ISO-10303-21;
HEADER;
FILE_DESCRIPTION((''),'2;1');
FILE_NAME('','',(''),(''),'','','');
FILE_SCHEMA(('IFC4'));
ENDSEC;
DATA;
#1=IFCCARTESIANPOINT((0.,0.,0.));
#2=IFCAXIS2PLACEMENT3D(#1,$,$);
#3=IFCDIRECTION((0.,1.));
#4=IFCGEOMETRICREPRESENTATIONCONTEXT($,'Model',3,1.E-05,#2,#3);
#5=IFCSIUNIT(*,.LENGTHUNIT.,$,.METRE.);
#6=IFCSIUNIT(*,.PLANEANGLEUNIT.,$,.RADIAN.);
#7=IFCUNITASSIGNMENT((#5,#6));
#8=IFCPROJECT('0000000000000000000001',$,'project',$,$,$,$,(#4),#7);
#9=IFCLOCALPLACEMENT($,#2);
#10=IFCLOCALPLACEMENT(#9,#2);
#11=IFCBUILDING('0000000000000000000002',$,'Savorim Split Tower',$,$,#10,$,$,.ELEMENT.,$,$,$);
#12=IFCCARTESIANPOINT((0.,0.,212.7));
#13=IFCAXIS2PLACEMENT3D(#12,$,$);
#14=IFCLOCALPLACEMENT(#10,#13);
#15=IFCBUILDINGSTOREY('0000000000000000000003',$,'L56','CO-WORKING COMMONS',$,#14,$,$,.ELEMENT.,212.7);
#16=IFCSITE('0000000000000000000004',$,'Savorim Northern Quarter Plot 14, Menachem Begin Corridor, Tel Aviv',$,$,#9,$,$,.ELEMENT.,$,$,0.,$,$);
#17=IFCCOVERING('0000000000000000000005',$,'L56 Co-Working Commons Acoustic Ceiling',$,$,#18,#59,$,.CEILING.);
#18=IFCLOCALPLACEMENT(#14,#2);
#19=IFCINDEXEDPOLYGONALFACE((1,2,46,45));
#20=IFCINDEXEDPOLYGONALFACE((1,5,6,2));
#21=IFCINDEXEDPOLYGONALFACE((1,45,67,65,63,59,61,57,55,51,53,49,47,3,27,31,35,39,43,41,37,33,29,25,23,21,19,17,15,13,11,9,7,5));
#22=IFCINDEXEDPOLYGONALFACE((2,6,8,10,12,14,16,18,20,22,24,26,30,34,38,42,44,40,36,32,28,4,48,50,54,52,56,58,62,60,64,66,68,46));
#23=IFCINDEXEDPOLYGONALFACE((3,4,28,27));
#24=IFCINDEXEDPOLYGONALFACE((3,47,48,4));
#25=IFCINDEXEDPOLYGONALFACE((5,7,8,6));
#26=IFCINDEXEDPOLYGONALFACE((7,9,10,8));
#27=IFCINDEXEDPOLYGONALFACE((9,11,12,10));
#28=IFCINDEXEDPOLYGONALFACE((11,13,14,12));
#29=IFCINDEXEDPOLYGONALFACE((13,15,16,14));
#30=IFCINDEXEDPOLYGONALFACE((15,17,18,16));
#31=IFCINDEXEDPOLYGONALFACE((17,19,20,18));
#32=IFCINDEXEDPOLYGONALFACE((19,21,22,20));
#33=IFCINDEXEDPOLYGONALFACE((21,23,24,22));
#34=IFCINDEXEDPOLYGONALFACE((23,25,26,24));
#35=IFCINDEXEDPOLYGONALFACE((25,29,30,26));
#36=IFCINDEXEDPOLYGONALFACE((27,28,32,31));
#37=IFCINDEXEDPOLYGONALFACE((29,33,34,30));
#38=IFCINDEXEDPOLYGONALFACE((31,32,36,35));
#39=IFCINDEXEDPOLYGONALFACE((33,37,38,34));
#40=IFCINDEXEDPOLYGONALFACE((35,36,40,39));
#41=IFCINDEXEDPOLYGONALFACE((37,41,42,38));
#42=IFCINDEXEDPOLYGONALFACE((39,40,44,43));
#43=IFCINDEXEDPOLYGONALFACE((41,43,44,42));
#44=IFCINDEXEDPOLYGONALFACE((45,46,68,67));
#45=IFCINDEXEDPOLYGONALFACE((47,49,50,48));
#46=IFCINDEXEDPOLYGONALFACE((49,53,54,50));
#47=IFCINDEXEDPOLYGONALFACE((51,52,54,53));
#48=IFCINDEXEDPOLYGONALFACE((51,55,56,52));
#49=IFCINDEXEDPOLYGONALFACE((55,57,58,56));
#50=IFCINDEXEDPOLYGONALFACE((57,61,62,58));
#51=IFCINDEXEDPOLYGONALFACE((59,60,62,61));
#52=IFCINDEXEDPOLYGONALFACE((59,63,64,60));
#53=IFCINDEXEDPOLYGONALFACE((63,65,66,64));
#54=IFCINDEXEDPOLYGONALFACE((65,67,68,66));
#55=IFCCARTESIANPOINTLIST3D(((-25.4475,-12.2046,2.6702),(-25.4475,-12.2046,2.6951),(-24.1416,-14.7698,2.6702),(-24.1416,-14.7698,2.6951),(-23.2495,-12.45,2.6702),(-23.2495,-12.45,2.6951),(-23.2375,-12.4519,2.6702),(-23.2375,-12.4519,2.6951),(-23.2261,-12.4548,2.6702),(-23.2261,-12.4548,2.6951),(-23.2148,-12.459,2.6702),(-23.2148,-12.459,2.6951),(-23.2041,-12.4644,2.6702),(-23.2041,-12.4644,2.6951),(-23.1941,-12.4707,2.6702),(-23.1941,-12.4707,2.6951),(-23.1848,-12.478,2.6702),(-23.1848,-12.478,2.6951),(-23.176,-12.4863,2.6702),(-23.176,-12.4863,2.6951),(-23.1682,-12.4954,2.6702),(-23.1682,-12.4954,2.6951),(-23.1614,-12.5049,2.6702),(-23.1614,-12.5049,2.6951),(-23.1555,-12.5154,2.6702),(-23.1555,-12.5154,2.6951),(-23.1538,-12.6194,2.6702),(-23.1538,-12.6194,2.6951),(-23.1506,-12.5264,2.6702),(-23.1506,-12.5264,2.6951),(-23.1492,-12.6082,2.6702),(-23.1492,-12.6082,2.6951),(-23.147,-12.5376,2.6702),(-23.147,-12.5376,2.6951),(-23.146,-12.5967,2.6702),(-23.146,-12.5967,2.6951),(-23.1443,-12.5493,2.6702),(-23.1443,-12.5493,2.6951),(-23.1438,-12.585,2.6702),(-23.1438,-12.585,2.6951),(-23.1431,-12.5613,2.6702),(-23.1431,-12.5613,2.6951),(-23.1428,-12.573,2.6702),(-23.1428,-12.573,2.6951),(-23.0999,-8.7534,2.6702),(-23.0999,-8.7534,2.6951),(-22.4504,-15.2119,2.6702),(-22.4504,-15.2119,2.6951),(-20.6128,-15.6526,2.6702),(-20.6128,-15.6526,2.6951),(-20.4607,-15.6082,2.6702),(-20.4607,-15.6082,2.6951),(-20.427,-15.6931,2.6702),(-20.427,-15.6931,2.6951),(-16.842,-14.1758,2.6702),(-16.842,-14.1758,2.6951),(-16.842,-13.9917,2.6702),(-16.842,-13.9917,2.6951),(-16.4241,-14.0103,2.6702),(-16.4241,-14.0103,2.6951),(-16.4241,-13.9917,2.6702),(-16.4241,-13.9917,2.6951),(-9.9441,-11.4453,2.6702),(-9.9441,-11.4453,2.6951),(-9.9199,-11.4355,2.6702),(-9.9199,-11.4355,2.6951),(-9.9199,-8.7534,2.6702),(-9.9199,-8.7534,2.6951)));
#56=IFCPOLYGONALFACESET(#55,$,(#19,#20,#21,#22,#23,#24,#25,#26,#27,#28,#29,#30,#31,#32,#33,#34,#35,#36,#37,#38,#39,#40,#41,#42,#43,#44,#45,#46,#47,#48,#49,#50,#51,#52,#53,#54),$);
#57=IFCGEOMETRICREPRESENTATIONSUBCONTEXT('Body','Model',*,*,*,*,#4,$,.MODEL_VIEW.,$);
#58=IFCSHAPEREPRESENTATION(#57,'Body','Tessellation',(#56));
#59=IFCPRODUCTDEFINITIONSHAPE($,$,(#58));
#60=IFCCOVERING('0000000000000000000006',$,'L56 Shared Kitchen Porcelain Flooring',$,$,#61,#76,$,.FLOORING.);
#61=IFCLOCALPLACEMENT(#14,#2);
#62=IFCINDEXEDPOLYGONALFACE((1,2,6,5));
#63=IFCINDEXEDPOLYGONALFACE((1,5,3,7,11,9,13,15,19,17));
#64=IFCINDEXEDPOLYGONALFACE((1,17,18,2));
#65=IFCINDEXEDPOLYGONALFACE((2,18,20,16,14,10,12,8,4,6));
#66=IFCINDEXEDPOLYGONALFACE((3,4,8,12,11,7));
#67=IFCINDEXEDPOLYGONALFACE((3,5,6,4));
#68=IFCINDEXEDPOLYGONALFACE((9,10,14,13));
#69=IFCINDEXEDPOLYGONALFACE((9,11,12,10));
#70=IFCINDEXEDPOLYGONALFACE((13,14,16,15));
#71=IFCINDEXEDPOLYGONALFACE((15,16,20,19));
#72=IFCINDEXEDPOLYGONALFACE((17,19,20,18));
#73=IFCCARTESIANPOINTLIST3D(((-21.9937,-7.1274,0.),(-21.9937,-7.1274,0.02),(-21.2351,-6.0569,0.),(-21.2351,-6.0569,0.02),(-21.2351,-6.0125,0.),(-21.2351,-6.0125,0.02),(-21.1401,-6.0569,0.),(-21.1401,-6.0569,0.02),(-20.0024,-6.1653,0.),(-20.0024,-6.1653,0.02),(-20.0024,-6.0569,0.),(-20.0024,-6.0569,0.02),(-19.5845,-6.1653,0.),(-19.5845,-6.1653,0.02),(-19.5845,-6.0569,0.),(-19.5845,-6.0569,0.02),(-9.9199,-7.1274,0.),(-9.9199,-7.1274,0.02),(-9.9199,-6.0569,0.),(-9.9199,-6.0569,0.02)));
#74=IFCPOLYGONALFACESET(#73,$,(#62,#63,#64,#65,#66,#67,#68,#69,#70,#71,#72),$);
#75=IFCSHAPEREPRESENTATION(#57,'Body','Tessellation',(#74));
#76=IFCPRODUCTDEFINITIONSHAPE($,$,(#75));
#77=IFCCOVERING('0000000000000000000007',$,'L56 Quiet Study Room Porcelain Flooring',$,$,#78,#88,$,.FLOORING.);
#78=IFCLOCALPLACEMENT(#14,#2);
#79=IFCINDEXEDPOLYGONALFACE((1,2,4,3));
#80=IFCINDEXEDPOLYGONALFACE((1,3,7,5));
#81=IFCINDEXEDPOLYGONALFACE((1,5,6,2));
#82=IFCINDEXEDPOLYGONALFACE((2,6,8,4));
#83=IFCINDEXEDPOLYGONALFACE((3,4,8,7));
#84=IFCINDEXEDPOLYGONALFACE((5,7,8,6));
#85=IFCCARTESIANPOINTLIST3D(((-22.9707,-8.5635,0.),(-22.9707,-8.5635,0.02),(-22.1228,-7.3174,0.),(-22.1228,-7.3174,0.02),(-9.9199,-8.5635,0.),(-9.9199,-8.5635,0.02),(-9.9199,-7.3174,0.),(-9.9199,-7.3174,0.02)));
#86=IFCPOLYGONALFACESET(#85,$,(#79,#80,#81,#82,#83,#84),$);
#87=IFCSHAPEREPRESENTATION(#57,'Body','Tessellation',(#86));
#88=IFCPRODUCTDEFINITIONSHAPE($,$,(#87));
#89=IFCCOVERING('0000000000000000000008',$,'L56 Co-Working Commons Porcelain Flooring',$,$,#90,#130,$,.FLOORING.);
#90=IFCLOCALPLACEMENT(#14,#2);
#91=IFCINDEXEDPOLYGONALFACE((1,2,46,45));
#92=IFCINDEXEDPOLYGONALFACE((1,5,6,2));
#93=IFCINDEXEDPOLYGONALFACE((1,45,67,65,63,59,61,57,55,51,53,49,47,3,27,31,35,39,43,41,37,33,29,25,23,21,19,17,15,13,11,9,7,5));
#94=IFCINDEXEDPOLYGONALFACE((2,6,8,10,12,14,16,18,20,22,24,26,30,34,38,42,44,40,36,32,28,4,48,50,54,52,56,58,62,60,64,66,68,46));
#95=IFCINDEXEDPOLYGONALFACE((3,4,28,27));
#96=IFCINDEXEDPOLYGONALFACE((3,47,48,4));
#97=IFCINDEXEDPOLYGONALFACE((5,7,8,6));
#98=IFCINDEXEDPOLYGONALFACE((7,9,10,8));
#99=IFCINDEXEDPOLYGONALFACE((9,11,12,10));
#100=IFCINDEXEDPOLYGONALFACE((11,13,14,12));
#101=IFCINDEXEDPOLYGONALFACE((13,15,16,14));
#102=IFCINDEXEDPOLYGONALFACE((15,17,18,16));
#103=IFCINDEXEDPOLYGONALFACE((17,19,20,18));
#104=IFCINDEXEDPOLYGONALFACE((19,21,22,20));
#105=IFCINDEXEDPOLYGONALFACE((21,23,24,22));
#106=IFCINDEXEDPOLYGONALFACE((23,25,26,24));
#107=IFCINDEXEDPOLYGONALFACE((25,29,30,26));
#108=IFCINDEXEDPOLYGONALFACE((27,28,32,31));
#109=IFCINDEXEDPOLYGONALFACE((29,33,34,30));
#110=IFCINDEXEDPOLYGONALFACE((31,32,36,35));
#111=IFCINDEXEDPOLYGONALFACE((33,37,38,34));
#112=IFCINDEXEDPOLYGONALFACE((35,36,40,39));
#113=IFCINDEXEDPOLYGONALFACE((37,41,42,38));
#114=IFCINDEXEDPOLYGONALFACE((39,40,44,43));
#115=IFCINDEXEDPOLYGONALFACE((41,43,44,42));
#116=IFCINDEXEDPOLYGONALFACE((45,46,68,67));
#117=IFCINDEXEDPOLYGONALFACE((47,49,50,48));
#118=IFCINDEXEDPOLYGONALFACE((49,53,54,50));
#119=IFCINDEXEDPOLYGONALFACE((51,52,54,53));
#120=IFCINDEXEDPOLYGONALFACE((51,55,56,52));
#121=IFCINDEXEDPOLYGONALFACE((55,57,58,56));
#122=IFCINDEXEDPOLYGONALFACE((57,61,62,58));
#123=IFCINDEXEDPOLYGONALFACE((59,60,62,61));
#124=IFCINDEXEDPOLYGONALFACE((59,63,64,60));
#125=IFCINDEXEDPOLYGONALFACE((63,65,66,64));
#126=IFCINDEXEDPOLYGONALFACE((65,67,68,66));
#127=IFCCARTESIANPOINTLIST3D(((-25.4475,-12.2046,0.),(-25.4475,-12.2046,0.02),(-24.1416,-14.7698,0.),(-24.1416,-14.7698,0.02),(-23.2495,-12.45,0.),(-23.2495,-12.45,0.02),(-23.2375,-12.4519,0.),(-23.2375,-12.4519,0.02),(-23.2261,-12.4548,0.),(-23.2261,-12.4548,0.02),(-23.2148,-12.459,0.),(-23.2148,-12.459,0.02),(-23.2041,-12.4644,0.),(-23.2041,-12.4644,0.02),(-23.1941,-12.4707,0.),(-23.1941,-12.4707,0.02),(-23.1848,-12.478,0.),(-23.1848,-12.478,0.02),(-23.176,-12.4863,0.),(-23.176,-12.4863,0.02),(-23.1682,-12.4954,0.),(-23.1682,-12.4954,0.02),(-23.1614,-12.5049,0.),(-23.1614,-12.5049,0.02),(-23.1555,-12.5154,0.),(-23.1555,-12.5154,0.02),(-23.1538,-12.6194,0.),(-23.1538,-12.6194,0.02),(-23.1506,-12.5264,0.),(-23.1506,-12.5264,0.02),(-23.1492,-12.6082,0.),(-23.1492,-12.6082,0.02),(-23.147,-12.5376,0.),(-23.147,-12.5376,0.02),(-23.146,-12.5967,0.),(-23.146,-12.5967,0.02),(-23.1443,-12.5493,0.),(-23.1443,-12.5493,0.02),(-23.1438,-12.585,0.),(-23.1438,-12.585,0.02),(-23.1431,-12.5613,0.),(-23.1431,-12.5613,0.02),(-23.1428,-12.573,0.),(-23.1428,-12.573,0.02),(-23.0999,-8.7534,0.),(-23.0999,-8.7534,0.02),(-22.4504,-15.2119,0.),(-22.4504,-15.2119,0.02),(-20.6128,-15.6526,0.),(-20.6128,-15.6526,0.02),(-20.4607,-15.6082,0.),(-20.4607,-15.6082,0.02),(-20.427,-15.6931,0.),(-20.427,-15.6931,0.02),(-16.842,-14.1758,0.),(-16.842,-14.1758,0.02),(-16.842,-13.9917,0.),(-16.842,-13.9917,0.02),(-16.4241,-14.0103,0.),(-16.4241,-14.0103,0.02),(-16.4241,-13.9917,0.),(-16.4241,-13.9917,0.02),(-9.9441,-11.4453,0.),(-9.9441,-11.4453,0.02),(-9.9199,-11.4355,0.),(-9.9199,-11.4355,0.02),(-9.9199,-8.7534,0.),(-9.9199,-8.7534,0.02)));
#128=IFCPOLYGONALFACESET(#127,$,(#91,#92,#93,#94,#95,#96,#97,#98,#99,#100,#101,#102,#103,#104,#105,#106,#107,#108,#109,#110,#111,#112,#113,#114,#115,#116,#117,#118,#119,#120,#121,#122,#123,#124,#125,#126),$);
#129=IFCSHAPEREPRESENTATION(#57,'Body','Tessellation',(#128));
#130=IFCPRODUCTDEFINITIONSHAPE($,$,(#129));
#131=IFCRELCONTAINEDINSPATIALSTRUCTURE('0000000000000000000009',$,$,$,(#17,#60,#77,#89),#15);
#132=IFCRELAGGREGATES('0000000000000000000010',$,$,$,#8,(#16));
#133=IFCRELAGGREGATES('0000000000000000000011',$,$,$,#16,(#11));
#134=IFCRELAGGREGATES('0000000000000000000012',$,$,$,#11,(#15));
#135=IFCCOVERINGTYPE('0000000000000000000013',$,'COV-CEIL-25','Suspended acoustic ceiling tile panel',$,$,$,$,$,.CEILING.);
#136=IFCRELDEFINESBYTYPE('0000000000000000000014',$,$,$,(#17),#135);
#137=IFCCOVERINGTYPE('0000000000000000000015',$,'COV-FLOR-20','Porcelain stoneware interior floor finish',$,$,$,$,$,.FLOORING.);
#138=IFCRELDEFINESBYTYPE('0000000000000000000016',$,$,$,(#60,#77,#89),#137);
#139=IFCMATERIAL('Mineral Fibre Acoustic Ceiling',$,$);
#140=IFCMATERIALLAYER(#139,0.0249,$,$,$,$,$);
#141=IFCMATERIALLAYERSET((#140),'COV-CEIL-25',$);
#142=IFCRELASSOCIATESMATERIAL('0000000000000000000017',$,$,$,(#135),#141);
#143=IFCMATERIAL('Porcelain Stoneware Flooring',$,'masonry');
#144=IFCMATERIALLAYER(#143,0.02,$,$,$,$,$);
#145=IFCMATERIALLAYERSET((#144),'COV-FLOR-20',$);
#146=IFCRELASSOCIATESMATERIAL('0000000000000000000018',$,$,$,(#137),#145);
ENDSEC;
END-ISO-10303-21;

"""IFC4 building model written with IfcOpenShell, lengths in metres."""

from ifc_helpers import new_model, si_unit, direction, frame, origin, place, context, subcontext, project, spatial, polyline, outline, extrude, material, layer, layer_set, type_object, element, save


model = new_model("IFC4")

# Units and contexts
model_context = context("Model", 3, precision=1e-05, world=origin(), true_north=direction((0.0, 1.0)))
body_context = subcontext(model_context, "Body", "Model", "MODEL_VIEW")
ifc_project = project(units=[si_unit("LENGTHUNIT", "METRE"), si_unit("PLANEANGLEUNIT", "RADIAN")], contexts=[model_context])

# Site, building, storey
site_placement = place(None, origin())
site = spatial("IfcSite", under=ifc_project, at=site_placement, Name="Savorim Northern Quarter Plot 14, Menachem Begin Corridor, Tel Aviv", CompositionType="ELEMENT", RefElevation=0.0)
building_placement = place(site_placement, origin())
building = spatial("IfcBuilding", under=site, at=building_placement, Name="Savorim Split Tower", CompositionType="ELEMENT")
storey_placement = place(building_placement, frame((0.0, 0.0, 212.7)))
storey = spatial("IfcBuildingStorey", under=building, at=storey_placement, Name="L56", Description="CO-WORKING COMMONS", CompositionType="ELEMENT", Elevation=212.7)

# Coverings
ifc_material_1 = material(Name="Mineral Fibre Acoustic Ceiling")
ifc_layer_1 = layer(ifc_material_1, 0.0249)
ifc_layer_set_1 = layer_set([ifc_layer_1], Name="COV-CEIL-25")
covering_type_1 = type_object("IfcCoveringType", Name="COV-CEIL-25", Description="Suspended acoustic ceiling tile panel", PredefinedType="CEILING", material=ifc_layer_set_1)
covering_1_placement = place(storey_placement, frame((0.0, 0.0, 2.6702)))
element("IfcCovering", 1, at=covering_1_placement, inside=storey, type_object=covering_type_1, Name="L56 Co-Working Commons Acoustic Ceiling", PredefinedType="CEILING", context=body_context, shape_type="SweptSolid", body=[
    extrude(outline(polyline([(-23.1428, -12.573), (-23.1438, -12.585), (-23.146, -12.5967), (-23.1492, -12.6082), (-23.1538, -12.6194), (-24.1416, -14.7698), (-22.4504, -15.2119), (-20.6128, -15.6526), (-20.427, -15.6931), (-20.4607, -15.6082), (-16.842, -14.1758), (-16.842, -13.9917), (-16.4241, -13.9917), (-16.4241, -14.0103), (-9.9441, -11.4453), (-9.9199, -11.4355), (-9.9199, -8.7534), (-23.0999, -8.7534), (-25.4475, -12.2046), (-23.2495, -12.45), (-23.2375, -12.4519), (-23.2261, -12.4548), (-23.2148, -12.459), (-23.2041, -12.4644), (-23.1941, -12.4707), (-23.1848, -12.478), (-23.176, -12.4863), (-23.1682, -12.4954), (-23.1614, -12.5049), (-23.1555, -12.5154), (-23.1506, -12.5264), (-23.147, -12.5376), (-23.1443, -12.5493), (-23.1431, -12.5613), (-23.1428, -12.573)])), origin(), (0.0, 0.0, 1.0), 0.0249),
])
ifc_material_2 = material(Name="Porcelain Stoneware Flooring", Category="masonry")
ifc_layer_2 = layer(ifc_material_2, 0.02)
ifc_layer_set_2 = layer_set([ifc_layer_2], Name="COV-FLOR-20")
covering_type_2 = type_object("IfcCoveringType", Name="COV-FLOR-20", Description="Porcelain stoneware interior floor finish", PredefinedType="FLOORING", material=ifc_layer_set_2)
covering_2_placement = place(storey_placement, origin())
element("IfcCovering", 2, at=covering_2_placement, inside=storey, type_object=covering_type_2, Name="L56 Shared Kitchen Porcelain Flooring", PredefinedType="FLOORING", context=body_context, shape_type="SweptSolid", body=[
    extrude(outline(polyline([(-21.1401, -6.0569), (-21.2351, -6.0569), (-21.2351, -6.0125), (-21.9937, -7.1274), (-9.9199, -7.1274), (-9.9199, -6.0569), (-19.5845, -6.0569), (-19.5845, -6.1653), (-20.0024, -6.1653), (-20.0024, -6.0569), (-21.1401, -6.0569)])), origin(), (0.0, 0.0, 1.0), 0.02),
])
covering_3_placement = place(storey_placement, origin())
element("IfcCovering", 3, at=covering_3_placement, inside=storey, type_object=covering_type_2, Name="L56 Quiet Study Room Porcelain Flooring", PredefinedType="FLOORING", context=body_context, shape_type="SweptSolid", body=[
    extrude(outline(polyline([(-9.9199, -8.5635), (-9.9199, -7.3174), (-22.1228, -7.3174), (-22.9707, -8.5635), (-9.9199, -8.5635)])), origin(), (0.0, 0.0, 1.0), 0.02),
])
covering_4_placement = place(storey_placement, origin())
element("IfcCovering", 4, at=covering_4_placement, inside=storey, type_object=covering_type_2, Name="L56 Co-Working Commons Porcelain Flooring", PredefinedType="FLOORING", context=body_context, shape_type="SweptSolid", body=[
    extrude(outline(polyline([(-23.1428, -12.573), (-23.1438, -12.585), (-23.146, -12.5967), (-23.1492, -12.6082), (-23.1538, -12.6194), (-24.1416, -14.7698), (-22.4504, -15.2119), (-20.6128, -15.6526), (-20.427, -15.6931), (-20.4607, -15.6082), (-16.842, -14.1758), (-16.842, -13.9917), (-16.4241, -13.9917), (-16.4241, -14.0103), (-9.9441, -11.4453), (-9.9199, -11.4355), (-9.9199, -8.7534), (-23.0999, -8.7534), (-25.4475, -12.2046), (-23.2495, -12.45), (-23.2375, -12.4519), (-23.2261, -12.4548), (-23.2148, -12.459), (-23.2041, -12.4644), (-23.1941, -12.4707), (-23.1848, -12.478), (-23.176, -12.4863), (-23.1682, -12.4954), (-23.1614, -12.5049), (-23.1555, -12.5154), (-23.1506, -12.5264), (-23.147, -12.5376), (-23.1443, -12.5493), (-23.1431, -12.5613), (-23.1428, -12.573)])), origin(), (0.0, 0.0, 1.0), 0.02),
])

save(model, "model.ifc")
